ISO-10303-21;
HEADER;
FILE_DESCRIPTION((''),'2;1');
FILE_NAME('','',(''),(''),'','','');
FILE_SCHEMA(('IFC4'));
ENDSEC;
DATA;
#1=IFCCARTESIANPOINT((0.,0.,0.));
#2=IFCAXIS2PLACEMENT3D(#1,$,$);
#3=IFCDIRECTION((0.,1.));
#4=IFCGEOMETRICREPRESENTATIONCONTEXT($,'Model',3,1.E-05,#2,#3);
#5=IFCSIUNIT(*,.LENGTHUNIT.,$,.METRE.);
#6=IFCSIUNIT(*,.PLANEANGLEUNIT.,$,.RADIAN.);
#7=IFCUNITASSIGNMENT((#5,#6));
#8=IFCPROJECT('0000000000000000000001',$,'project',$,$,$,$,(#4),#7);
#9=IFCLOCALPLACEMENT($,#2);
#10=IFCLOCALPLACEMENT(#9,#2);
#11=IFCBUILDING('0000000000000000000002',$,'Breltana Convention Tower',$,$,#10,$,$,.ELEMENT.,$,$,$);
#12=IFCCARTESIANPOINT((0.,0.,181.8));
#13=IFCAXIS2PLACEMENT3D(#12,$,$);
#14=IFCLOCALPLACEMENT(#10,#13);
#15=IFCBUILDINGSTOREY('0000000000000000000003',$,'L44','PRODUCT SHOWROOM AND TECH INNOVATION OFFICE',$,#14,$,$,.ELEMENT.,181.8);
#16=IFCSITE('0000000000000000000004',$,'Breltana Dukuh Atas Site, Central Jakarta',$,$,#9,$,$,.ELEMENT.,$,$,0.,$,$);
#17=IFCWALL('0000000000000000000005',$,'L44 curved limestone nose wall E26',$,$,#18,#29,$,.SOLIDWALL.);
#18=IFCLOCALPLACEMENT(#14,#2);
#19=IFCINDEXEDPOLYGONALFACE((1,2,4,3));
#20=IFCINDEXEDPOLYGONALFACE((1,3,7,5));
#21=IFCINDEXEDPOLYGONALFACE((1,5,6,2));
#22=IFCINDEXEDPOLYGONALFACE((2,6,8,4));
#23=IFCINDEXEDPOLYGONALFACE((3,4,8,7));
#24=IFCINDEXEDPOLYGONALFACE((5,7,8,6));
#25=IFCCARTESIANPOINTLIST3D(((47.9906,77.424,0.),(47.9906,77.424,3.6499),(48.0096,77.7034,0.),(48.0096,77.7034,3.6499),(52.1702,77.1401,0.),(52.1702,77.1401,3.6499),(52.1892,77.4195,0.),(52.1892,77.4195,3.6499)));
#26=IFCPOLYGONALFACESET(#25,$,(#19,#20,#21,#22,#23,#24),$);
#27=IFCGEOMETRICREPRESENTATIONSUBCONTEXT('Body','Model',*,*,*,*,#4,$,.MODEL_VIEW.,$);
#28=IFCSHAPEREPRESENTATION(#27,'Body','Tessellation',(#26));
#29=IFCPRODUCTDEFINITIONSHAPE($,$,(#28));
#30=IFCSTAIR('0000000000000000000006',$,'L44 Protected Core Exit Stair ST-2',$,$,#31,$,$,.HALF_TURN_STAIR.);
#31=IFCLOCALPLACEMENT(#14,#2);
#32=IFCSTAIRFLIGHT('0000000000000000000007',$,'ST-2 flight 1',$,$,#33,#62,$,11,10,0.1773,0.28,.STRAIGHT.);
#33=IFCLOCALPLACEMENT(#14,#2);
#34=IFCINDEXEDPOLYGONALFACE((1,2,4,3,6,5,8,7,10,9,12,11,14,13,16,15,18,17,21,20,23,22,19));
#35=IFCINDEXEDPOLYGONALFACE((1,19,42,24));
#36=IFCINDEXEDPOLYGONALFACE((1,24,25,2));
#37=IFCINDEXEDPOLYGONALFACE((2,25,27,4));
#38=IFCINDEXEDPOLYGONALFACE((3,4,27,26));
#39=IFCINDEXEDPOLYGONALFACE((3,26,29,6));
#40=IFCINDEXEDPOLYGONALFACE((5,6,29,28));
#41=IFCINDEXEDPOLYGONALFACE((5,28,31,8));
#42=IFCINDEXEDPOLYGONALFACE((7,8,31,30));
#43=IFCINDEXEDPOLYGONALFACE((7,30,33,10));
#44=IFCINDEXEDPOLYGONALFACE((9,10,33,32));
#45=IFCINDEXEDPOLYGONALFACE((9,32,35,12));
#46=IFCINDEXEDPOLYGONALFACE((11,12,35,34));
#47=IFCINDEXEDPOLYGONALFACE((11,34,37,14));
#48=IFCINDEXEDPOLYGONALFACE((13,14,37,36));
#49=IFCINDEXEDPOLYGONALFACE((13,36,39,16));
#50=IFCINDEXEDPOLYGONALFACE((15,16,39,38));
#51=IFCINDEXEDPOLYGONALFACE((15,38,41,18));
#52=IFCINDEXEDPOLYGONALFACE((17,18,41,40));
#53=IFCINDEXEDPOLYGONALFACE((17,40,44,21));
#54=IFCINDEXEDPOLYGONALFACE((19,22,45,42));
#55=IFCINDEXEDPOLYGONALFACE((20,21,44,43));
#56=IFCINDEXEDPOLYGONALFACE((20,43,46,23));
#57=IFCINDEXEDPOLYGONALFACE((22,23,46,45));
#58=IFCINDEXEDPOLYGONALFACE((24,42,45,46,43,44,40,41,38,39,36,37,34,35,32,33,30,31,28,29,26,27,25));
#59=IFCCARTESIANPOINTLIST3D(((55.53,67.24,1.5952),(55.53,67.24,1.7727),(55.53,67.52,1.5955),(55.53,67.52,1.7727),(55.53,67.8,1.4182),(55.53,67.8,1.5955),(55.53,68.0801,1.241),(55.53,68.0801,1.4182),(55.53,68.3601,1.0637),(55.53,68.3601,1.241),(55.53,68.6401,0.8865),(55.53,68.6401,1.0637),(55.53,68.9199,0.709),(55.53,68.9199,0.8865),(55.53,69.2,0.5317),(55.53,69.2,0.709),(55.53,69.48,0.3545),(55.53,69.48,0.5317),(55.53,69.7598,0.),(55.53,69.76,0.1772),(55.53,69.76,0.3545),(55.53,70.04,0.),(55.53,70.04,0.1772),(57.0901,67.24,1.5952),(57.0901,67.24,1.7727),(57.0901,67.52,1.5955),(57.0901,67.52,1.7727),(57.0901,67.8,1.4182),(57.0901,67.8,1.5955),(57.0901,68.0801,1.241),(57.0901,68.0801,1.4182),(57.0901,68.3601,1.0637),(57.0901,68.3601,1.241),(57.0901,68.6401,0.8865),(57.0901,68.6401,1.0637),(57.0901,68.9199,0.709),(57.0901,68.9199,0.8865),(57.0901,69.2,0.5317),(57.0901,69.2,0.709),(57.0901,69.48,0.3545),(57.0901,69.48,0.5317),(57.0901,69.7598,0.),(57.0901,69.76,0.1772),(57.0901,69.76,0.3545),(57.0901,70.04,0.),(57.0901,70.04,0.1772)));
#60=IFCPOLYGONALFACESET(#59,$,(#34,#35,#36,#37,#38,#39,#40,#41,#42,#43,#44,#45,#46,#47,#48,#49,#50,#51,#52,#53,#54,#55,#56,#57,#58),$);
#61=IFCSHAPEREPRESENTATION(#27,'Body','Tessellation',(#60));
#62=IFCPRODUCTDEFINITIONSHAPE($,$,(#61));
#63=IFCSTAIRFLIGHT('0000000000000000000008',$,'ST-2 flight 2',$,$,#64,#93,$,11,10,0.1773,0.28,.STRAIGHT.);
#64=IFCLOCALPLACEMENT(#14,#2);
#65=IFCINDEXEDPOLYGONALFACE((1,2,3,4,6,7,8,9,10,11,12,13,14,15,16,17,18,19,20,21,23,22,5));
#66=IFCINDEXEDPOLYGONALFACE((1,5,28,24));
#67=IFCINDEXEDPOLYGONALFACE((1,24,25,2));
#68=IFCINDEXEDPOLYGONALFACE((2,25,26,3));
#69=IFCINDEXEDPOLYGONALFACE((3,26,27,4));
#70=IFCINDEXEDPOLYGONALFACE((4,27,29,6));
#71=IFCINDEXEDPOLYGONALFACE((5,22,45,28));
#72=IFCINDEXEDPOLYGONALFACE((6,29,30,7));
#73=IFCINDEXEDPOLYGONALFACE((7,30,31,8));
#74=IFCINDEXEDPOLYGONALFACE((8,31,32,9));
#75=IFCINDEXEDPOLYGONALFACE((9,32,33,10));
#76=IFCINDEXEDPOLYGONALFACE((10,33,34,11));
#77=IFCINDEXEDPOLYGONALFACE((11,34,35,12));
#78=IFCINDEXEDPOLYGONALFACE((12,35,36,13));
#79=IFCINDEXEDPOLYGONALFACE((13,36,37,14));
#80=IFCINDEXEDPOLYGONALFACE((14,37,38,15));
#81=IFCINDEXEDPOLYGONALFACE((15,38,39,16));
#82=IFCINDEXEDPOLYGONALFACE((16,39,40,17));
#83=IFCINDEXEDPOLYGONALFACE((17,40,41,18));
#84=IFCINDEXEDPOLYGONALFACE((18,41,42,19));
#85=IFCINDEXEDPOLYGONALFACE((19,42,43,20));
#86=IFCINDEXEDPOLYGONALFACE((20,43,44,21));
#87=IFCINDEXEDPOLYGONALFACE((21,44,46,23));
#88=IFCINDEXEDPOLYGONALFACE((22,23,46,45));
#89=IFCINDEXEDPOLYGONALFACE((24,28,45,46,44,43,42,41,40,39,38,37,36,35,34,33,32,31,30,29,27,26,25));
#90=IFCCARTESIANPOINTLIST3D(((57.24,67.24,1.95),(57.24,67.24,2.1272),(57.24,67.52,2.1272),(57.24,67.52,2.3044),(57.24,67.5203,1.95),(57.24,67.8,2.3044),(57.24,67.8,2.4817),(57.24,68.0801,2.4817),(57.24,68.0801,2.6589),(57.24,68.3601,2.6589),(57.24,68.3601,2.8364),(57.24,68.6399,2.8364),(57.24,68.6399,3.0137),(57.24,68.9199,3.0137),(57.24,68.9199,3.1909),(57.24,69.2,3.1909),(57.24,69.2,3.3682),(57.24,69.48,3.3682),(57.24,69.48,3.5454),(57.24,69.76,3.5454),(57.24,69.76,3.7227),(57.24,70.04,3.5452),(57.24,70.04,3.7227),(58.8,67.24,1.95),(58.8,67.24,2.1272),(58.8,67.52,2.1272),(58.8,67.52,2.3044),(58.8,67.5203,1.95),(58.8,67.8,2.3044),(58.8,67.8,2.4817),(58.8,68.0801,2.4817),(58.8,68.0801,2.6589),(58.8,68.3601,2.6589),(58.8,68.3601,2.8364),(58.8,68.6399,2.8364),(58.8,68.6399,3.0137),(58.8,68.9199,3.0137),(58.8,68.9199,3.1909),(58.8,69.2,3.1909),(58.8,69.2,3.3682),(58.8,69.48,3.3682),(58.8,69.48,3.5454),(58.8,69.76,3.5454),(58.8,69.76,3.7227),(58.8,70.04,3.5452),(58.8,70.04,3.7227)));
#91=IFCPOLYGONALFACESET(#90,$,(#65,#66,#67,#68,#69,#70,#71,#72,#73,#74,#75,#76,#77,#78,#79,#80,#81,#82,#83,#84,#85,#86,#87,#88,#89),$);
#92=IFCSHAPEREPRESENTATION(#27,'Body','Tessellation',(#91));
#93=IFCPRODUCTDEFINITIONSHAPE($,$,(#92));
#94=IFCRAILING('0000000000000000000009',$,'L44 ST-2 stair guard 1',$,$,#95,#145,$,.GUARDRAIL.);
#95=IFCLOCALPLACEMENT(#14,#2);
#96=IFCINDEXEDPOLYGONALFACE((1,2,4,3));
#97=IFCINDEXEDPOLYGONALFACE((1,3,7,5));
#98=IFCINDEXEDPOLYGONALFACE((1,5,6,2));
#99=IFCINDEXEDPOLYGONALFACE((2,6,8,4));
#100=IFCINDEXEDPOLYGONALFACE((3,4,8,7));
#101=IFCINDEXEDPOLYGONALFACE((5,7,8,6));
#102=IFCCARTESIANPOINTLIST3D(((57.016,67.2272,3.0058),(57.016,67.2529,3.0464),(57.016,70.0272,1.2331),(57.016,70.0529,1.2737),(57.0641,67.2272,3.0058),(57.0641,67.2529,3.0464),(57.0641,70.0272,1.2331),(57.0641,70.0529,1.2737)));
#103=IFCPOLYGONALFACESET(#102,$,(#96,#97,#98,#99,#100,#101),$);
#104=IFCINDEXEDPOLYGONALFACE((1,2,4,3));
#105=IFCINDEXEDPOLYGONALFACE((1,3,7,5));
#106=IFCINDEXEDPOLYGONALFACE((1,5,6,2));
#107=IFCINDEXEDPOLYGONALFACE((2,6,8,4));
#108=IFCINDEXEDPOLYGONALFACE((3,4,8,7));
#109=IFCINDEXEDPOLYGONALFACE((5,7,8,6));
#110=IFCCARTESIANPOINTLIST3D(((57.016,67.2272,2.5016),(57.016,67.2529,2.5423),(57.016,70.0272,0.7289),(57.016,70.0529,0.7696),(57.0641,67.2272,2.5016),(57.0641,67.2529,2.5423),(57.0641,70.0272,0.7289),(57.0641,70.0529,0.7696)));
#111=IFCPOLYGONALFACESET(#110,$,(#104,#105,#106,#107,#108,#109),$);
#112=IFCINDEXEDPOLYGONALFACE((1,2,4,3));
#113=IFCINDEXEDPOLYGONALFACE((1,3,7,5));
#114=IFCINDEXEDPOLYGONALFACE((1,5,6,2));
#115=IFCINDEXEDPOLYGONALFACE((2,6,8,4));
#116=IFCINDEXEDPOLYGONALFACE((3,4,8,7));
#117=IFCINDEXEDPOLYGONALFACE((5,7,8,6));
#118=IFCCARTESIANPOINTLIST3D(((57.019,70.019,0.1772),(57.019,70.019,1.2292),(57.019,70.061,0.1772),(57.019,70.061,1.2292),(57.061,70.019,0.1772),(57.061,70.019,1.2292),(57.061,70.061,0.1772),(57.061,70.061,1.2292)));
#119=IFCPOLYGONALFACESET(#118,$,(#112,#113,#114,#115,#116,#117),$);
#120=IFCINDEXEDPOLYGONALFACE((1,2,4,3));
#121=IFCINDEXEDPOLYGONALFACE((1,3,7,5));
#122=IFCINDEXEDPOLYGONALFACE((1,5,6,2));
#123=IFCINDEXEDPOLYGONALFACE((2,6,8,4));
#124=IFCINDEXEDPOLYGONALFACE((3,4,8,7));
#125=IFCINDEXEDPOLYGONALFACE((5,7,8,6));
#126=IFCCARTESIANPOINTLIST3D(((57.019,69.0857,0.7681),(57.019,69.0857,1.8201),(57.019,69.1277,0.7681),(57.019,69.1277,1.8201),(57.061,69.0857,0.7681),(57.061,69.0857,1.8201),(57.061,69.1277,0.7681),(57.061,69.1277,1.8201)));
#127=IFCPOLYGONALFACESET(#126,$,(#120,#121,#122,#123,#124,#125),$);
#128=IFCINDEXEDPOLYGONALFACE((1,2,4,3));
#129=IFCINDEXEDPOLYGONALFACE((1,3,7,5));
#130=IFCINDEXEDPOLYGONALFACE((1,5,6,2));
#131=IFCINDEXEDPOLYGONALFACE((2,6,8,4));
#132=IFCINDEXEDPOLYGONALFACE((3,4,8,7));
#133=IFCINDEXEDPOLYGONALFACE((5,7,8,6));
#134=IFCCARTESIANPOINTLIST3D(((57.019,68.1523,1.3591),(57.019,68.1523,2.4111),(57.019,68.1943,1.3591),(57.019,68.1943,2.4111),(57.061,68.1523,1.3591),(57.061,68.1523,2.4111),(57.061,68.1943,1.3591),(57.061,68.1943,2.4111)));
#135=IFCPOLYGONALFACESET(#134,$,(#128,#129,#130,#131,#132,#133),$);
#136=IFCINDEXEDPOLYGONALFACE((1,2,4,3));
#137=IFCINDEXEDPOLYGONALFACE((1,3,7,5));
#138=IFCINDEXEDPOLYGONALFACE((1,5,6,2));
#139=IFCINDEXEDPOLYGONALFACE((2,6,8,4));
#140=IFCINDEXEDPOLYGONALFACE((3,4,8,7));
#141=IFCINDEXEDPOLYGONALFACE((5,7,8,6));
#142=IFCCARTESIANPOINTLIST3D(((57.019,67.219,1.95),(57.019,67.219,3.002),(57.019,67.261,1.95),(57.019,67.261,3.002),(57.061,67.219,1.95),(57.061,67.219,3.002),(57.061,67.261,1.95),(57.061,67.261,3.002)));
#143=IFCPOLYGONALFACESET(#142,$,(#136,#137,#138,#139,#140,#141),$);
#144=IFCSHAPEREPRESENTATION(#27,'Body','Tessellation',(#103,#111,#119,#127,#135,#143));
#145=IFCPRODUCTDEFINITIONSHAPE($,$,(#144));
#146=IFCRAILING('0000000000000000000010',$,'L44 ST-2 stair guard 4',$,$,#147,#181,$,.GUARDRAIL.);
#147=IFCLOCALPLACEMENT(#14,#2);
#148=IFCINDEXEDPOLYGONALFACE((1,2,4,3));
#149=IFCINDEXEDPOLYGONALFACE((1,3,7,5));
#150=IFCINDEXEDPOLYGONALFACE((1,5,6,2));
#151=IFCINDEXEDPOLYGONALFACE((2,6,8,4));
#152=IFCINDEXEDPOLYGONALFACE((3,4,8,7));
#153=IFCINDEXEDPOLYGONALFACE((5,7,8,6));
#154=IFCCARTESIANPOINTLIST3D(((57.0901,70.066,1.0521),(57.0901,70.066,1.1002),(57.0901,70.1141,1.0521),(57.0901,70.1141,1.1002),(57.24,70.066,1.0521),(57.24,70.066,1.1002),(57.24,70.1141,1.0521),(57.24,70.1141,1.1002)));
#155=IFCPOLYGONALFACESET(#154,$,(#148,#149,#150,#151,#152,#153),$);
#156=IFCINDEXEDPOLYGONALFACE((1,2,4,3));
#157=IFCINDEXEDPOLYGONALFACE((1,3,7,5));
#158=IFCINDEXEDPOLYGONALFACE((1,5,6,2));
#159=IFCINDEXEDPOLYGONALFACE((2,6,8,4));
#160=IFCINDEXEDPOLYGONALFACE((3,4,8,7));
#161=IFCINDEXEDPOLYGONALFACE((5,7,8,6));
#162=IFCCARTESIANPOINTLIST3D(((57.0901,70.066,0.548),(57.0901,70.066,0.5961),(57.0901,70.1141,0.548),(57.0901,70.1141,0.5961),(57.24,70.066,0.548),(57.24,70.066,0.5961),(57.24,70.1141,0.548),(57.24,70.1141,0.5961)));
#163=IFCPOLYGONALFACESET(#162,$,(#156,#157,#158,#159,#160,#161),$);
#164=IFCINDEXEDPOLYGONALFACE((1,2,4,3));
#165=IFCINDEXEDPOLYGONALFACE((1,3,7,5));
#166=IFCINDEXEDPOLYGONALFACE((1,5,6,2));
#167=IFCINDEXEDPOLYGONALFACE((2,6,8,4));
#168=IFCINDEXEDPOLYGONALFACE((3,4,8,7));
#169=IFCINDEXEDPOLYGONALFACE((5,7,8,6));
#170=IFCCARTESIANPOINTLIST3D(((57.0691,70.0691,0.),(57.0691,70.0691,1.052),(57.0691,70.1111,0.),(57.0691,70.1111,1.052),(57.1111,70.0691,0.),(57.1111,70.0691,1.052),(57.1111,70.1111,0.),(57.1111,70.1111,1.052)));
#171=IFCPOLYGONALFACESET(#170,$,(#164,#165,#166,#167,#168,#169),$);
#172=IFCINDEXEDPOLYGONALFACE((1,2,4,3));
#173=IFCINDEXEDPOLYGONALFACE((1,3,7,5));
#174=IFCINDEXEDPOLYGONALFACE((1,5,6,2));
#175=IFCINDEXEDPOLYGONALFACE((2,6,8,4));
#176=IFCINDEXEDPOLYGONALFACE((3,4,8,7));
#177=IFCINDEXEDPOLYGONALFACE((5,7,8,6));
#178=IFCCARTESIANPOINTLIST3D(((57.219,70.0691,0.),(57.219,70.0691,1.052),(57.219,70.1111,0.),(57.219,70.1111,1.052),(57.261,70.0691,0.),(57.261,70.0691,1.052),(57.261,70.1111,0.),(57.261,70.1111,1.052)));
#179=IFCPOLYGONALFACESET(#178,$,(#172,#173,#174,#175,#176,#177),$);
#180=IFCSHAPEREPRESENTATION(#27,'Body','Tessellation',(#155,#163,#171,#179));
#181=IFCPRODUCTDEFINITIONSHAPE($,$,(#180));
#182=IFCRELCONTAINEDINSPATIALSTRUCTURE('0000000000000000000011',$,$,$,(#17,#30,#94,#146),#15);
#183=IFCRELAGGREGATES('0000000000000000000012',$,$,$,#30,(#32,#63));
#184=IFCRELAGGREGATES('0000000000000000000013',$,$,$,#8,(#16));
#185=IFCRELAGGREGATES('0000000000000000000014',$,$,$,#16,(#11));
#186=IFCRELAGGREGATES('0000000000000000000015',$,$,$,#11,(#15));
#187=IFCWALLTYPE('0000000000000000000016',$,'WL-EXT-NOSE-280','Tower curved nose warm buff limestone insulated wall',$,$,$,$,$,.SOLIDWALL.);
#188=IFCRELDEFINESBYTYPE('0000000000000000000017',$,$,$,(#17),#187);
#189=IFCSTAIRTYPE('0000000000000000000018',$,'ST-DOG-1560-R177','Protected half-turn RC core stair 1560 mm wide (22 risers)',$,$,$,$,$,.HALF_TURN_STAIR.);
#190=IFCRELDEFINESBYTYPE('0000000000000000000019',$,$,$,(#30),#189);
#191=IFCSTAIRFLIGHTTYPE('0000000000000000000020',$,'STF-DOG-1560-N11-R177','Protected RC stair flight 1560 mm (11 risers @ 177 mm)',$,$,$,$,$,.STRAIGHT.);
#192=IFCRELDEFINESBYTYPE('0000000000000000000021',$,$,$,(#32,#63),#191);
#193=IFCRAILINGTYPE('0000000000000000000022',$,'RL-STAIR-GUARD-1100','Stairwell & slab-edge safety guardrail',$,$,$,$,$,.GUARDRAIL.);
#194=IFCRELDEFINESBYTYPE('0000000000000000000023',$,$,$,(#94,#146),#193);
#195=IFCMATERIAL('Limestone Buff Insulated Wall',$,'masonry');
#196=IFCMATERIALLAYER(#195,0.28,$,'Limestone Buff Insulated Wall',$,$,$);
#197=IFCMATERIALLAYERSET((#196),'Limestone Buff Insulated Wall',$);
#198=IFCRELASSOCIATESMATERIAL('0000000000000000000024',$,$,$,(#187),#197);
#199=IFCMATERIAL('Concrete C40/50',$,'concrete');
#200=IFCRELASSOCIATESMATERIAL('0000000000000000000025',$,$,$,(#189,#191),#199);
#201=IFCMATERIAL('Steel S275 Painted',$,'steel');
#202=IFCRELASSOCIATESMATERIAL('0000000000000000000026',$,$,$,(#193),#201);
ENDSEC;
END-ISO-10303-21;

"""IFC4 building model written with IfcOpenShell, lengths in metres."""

from ifc_helpers import new_model, si_unit, direction, frame, frame_2d, origin, origin_2d, place, context, subcontext, project, spatial, polyline, rectangle, outline, extrude, source, transform, mapped, material, layer, layer_set, type_object, element, aggregate, save


model = new_model("IFC4")

# Units and contexts
model_context = context("Model", 3, precision=1e-05, world=origin(), true_north=direction((0.0, 1.0)))
body_context = subcontext(model_context, "Body", "Model", "MODEL_VIEW")
ifc_project = project(units=[si_unit("LENGTHUNIT", "METRE"), si_unit("PLANEANGLEUNIT", "RADIAN")], contexts=[model_context])

# Site, building, storey
site_placement = place(None, origin())
site = spatial("IfcSite", under=ifc_project, at=site_placement, Name="Breltana Dukuh Atas Site, Central Jakarta", CompositionType="ELEMENT", RefElevation=0.0)
building_placement = place(site_placement, origin())
building = spatial("IfcBuilding", under=site, at=building_placement, Name="Breltana Convention Tower", CompositionType="ELEMENT")
storey_placement = place(building_placement, frame((0.0, 0.0, 181.8)))
storey = spatial("IfcBuildingStorey", under=building, at=storey_placement, Name="L44", Description="PRODUCT SHOWROOM AND TECH INNOVATION OFFICE", CompositionType="ELEMENT", Elevation=181.8)

# Wall
ifc_material_1 = material(Name="Limestone Buff Insulated Wall", Category="masonry")
ifc_layer_1 = layer(ifc_material_1, 0.28, Name="Limestone Buff Insulated Wall")
ifc_layer_set_1 = layer_set([ifc_layer_1], Name="Limestone Buff Insulated Wall")
wall_type_1 = type_object("IfcWallType", Name="WL-EXT-NOSE-280", Description="Tower curved nose warm buff limestone insulated wall", PredefinedType="SOLIDWALL", material=ifc_layer_set_1)
shared_shape_1 = source(origin(), body_context, "Body", "SweptSolid", [
    extrude(rectangle(XDim=4.1892, YDim=0.28, at=frame_2d((2.0947, 0.0))), origin(), (0.0, 0.0, 1.0), 3.6499),
])
wall_1_placement = place(storey_placement, frame((48.0, 77.5637, 0.0), z_axis=(0.0, 0.0, 1.0), x_axis=(0.997701, -0.067776, 0.0)))
element("IfcWall", 1, at=wall_1_placement, inside=storey, type_object=wall_type_1, Name="L44 curved limestone nose wall E26", PredefinedType="SOLIDWALL", context=body_context, shape_type="MappedRepresentation", body=[
    mapped(shared_shape_1, transform((0.0, 0.0, 0.0), scale=1.0)),
])

# Stair, stair flights
ifc_material_2 = material(Name="Concrete C40/50", Category="concrete")
stair_type = type_object("IfcStairType", Name="ST-DOG-1560-R177", Description="Protected half-turn RC core stair 1560 mm wide (22 risers)", PredefinedType="HALF_TURN_STAIR", material=ifc_material_2)
stair_placement = place(storey_placement, origin())
stair = element("IfcStair", 2, at=stair_placement, inside=storey, type_object=stair_type, Name="L44 Protected Core Exit Stair ST-2", PredefinedType="HALF_TURN_STAIR")
stair_flight_type = type_object("IfcStairFlightType", Name="STF-DOG-1560-N11-R177", Description="Protected RC stair flight 1560 mm (11 risers @ 177 mm)", PredefinedType="STRAIGHT", material=ifc_material_2)
stair_flight_1_placement = place(storey_placement, frame((56.3101, 70.04, 0.0), z_axis=(0.0, 0.0, 1.0), x_axis=(0.0, -1.0, 0.0)))
stair_flight_1 = element("IfcStairFlight", 3, at=stair_flight_1_placement, type_object=stair_flight_type, Name="ST-2 flight 1", NumberOfRisers=11, NumberOfTreads=10, PredefinedType="STRAIGHT", RiserHeight=0.1773, TreadLength=0.28, context=body_context, shape_type="SweptSolid", body=[
    extrude(outline(polyline([(0.0, 0.0), (0.0, 0.1772), (0.28, 0.1772), (0.28, 0.3545), (0.5601, 0.3545), (0.5601, 0.5317), (0.8401, 0.5317), (0.8401, 0.709), (1.1201, 0.709), (1.1201, 0.8865), (1.3999, 0.8865), (1.3999, 1.0637), (1.6799, 1.0637), (1.6799, 1.241), (1.96, 1.241), (1.96, 1.4182), (2.24, 1.4182), (2.24, 1.5955), (2.52, 1.5955), (2.52, 1.7727), (2.8, 1.7727), (2.8, 1.95), (2.8, 1.5952), (0.2803, 0.0), (0.0, 0.0)])), frame((0.0, 0.78, 0.0), z_axis=(0.0, -1.0, 0.0), x_axis=(1.0, 0.0, 0.0)), (0.0, 0.0, 1.0), 1.5601),
])
stair_flight_2_placement = place(storey_placement, frame((58.02, 67.24, 1.95), z_axis=(0.0, 0.0, 1.0), x_axis=(0.0, 1.0, 0.0)))
stair_flight_2 = element("IfcStairFlight", 4, at=stair_flight_2_placement, type_object=stair_flight_type, Name="ST-2 flight 2", NumberOfRisers=11, NumberOfTreads=10, PredefinedType="STRAIGHT", RiserHeight=0.1773, TreadLength=0.28, context=body_context, shape_type="SweptSolid", body=[
    extrude(outline(polyline([(0.0, 0.0), (0.0, 0.1772), (0.28, 0.1772), (0.28, 0.3545), (0.5601, 0.3545), (0.5601, 0.5317), (0.8401, 0.5317), (0.8401, 0.709), (1.1201, 0.709), (1.1201, 0.8865), (1.3999, 0.8865), (1.3999, 1.0637), (1.6799, 1.0637), (1.6799, 1.241), (1.96, 1.241), (1.96, 1.4182), (2.24, 1.4182), (2.24, 1.5955), (2.52, 1.5955), (2.52, 1.7727), (2.8, 1.7727), (2.8, 1.95), (2.8, 1.5952), (0.2803, 0.0), (0.0, 0.0)])), frame((0.0, 0.78, 0.0), z_axis=(0.0, -1.0, 0.0), x_axis=(1.0, 0.0, 0.0)), (0.0, 0.0, 1.0), 1.5601),
])
aggregate(stair, [stair_flight_1, stair_flight_2])

# Railings
ifc_material_3 = material(Name="Steel S275 Painted", Category="steel")
railing_type_1 = type_object("IfcRailingType", Name="RL-STAIR-GUARD-1100", Description="Stairwell & slab-edge safety guardrail", PredefinedType="GUARDRAIL", material=ifc_material_3)
railing_1_placement = place(storey_placement, frame((57.04, 70.04, 0.1772)))
element("IfcRailing", 5, at=railing_1_placement, inside=storey, type_object=railing_type_1, Name="L44 ST-2 stair guard 1", PredefinedType="GUARDRAIL", context=body_context, shape_type="SweptSolid", body=[
    extrude(rectangle(XDim=0.0481, YDim=0.0481, at=origin_2d()), frame((0.0, 0.0, 1.0762), z_axis=(0.0, -0.844909, 0.53491), x_axis=(1.0, 0.0, 0.0)), (0.0, 0.0, 1.0), 3.314),
    extrude(rectangle(XDim=0.0481, YDim=0.0481, at=origin_2d()), frame((0.0, 0.0, 0.572), z_axis=(0.0, -0.844909, 0.53491), x_axis=(1.0, 0.0, 0.0)), (0.0, 0.0, 1.0), 3.314),
    extrude(rectangle(XDim=0.042, YDim=0.042, at=origin_2d()), origin(), (0.0, 0.0, 1.0), 1.052),
    extrude(rectangle(XDim=0.042, YDim=0.042, at=origin_2d()), frame((0.0, -0.9333, 0.5908)), (0.0, 0.0, 1.0), 1.052),
    extrude(rectangle(XDim=0.042, YDim=0.042, at=origin_2d()), frame((0.0, -1.8667, 1.1819)), (0.0, 0.0, 1.0), 1.052),
    extrude(rectangle(XDim=0.042, YDim=0.042, at=origin_2d()), frame((0.0, -2.8, 1.7727)), (0.0, 0.0, 1.0), 1.052),
])
railing_2_placement = place(storey_placement, frame((57.0901, 70.0901, 0.0)))
element("IfcRailing", 6, at=railing_2_placement, inside=storey, type_object=railing_type_1, Name="L44 ST-2 stair guard 4", PredefinedType="GUARDRAIL", context=body_context, shape_type="SweptSolid", body=[
    extrude(rectangle(XDim=0.0481, YDim=0.0481, at=origin_2d()), frame((0.0, 0.0, 1.0762), z_axis=(1.0, 0.0, 0.0), x_axis=(0.0, 1.0, 0.0)), (0.0, 0.0, 1.0), 0.1499),
    extrude(rectangle(XDim=0.0481, YDim=0.0481, at=origin_2d()), frame((0.0, 0.0, 0.572), z_axis=(1.0, 0.0, 0.0), x_axis=(0.0, 1.0, 0.0)), (0.0, 0.0, 1.0), 0.1499),
    extrude(rectangle(XDim=0.042, YDim=0.042, at=origin_2d()), origin(), (0.0, 0.0, 1.0), 1.052),
    extrude(rectangle(XDim=0.042, YDim=0.042, at=origin_2d()), frame((0.1499, 0.0, 0.0)), (0.0, 0.0, 1.0), 1.052),
])

save(model, "model.ifc")
